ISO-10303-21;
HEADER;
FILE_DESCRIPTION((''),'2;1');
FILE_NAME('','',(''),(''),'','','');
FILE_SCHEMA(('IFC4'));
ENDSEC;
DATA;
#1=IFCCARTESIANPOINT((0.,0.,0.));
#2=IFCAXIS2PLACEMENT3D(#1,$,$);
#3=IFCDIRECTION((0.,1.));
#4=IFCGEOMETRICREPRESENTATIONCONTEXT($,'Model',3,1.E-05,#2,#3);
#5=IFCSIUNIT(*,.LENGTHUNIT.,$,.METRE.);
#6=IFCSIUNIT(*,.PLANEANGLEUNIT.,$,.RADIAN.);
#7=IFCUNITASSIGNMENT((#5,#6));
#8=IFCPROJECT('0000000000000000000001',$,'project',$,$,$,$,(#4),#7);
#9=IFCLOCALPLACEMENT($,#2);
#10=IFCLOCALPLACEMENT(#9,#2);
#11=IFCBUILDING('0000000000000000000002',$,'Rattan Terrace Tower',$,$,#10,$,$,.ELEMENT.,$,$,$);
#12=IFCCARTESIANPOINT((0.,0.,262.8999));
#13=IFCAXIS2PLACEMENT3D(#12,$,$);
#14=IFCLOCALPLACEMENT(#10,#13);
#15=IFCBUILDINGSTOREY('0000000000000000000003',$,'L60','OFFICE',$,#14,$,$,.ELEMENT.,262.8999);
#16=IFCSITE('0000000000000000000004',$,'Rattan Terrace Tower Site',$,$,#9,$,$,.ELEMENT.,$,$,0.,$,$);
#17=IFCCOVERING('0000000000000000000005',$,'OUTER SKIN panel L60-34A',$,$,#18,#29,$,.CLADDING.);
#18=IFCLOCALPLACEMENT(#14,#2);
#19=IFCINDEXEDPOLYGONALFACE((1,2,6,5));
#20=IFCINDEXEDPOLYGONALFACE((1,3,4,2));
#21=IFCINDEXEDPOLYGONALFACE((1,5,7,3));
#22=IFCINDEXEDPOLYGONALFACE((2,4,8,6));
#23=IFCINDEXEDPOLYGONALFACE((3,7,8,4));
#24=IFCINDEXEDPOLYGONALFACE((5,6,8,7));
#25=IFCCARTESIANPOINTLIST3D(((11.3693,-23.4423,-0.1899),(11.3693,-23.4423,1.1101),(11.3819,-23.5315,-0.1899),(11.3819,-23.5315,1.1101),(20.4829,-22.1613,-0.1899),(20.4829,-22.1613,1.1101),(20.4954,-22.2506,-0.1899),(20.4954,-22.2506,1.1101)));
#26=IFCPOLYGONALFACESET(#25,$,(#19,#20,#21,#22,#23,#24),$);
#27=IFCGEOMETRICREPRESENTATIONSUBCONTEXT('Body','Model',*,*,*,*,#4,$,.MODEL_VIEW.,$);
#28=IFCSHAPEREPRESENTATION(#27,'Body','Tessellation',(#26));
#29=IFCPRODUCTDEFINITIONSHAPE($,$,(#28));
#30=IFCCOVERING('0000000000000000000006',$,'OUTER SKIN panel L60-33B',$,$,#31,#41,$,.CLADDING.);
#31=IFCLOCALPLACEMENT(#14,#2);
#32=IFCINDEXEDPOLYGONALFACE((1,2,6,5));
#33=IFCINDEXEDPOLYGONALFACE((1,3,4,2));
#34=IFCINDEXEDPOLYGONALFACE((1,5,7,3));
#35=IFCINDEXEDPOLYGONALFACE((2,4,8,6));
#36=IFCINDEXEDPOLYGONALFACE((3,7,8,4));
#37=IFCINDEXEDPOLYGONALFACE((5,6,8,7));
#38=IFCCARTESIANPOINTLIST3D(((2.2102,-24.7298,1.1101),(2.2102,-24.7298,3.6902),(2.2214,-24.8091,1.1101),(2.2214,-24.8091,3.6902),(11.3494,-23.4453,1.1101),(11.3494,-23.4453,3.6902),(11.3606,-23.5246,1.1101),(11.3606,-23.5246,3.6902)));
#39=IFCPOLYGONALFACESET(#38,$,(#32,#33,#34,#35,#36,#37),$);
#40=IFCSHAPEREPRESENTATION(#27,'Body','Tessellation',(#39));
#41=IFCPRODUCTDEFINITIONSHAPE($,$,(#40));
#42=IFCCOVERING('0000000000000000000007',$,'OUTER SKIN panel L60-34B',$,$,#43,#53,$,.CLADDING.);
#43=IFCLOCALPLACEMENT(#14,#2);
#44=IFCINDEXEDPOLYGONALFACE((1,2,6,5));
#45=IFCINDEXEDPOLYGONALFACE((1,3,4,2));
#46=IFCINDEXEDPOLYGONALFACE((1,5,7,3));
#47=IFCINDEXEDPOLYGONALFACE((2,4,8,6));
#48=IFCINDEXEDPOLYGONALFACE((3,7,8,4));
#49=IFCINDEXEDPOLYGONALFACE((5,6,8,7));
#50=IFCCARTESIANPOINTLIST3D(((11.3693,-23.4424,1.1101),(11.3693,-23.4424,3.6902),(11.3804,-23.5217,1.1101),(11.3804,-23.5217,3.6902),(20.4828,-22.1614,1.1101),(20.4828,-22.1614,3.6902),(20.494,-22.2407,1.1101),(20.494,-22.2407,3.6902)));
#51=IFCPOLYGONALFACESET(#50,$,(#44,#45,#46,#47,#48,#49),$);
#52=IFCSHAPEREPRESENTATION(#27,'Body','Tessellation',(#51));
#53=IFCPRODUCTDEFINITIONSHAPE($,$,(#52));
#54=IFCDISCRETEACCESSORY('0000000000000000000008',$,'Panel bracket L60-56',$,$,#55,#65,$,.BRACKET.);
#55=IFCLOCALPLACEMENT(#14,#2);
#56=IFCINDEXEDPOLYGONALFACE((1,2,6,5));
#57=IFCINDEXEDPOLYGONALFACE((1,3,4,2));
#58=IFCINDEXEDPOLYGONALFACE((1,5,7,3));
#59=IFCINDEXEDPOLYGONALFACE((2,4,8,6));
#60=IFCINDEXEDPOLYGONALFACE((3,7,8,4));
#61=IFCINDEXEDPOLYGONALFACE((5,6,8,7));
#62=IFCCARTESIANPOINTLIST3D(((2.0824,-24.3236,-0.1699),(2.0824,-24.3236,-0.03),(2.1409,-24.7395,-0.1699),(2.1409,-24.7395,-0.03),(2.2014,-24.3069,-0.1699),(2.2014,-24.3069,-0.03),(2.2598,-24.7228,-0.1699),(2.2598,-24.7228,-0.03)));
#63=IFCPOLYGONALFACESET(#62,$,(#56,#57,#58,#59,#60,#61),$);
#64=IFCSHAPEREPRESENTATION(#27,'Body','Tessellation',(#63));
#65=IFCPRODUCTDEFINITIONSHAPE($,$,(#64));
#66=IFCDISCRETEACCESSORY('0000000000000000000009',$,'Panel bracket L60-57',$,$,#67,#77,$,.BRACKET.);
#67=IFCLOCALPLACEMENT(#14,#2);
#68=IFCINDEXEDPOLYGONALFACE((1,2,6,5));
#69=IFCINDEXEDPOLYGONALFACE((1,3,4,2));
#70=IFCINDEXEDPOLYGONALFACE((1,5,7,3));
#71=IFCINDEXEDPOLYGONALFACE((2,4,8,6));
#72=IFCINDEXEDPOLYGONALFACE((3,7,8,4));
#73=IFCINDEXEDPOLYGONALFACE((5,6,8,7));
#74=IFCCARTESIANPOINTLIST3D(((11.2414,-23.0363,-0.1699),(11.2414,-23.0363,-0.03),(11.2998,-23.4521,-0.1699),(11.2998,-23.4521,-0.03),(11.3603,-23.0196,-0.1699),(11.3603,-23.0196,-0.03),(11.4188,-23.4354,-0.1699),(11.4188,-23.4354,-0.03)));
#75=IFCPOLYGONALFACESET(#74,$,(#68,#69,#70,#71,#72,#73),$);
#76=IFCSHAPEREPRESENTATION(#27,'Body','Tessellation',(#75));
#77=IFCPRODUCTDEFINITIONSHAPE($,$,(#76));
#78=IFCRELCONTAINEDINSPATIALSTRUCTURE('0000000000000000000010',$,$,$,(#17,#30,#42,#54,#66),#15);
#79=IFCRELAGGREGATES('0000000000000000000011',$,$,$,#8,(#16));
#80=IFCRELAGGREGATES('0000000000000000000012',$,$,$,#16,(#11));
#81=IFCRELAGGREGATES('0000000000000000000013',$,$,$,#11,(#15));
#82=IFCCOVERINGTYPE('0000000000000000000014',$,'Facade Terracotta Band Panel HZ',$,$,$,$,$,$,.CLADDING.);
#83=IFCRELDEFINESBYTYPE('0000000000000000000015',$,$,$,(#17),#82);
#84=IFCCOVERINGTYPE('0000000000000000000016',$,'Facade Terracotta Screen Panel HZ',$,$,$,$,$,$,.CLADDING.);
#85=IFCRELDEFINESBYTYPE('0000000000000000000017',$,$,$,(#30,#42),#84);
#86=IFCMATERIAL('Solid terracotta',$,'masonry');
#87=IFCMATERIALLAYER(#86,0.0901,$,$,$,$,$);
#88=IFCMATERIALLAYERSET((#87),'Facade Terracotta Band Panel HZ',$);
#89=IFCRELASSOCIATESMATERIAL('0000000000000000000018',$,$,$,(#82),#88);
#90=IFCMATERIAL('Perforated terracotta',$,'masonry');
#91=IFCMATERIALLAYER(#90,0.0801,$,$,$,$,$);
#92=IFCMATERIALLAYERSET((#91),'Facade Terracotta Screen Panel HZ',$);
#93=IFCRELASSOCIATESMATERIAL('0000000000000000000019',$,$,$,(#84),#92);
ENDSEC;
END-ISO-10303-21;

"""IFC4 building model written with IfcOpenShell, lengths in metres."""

from ifc_helpers import new_model, si_unit, direction, frame, origin, origin_2d, place, context, subcontext, project, spatial, rectangle, extrude, material, layer, layer_set, type_object, element, save


model = new_model("IFC4")

# Units and contexts
model_context = context("Model", 3, precision=1e-05, world=origin(), true_north=direction((0.0, 1.0)))
body_context = subcontext(model_context, "Body", "Model", "MODEL_VIEW")
ifc_project = project(units=[si_unit("LENGTHUNIT", "METRE"), si_unit("PLANEANGLEUNIT", "RADIAN")], contexts=[model_context])

# Site, building, storey
site_placement = place(None, origin())
site = spatial("IfcSite", under=ifc_project, at=site_placement, Name="Rattan Terrace Tower Site", CompositionType="ELEMENT", RefElevation=0.0)
building_placement = place(site_placement, origin())
building = spatial("IfcBuilding", under=site, at=building_placement, Name="Rattan Terrace Tower", CompositionType="ELEMENT")
storey_placement = place(building_placement, frame((0.0, 0.0, 262.8999)))
storey = spatial("IfcBuildingStorey", under=building, at=storey_placement, Name="L60", Description="OFFICE", CompositionType="ELEMENT", Elevation=262.8999)

# Coverings
ifc_material_1 = material(Name="Solid terracotta", Category="masonry")
ifc_layer_1 = layer(ifc_material_1, 0.0901)
ifc_layer_set_1 = layer_set([ifc_layer_1], Name="Facade Terracotta Band Panel HZ")
covering_type_1 = type_object("IfcCoveringType", Name="Facade Terracotta Band Panel HZ", PredefinedType="CLADDING", material=ifc_layer_set_1)
covering_1_placement = place(storey_placement, frame((15.9324, -22.8464, -0.1899), z_axis=(0.0, 0.0, 1.0), x_axis=(0.990266, 0.139189, 0.0)))
element("IfcCovering", 1, at=covering_1_placement, inside=storey, type_object=covering_type_1, Name="OUTER SKIN panel L60-34A", PredefinedType="CLADDING", context=body_context, shape_type="SweptSolid", body=[
    extrude(rectangle(XDim=9.2031, YDim=0.0901, at=origin_2d()), origin(), (0.0, 0.0, 1.0), 1.3),
])
ifc_material_2 = material(Name="Perforated terracotta", Category="masonry")
ifc_layer_2 = layer(ifc_material_2, 0.0801)
ifc_layer_set_2 = layer_set([ifc_layer_2], Name="Facade Terracotta Screen Panel HZ")
covering_type_2 = type_object("IfcCoveringType", Name="Facade Terracotta Screen Panel HZ", PredefinedType="CLADDING", material=ifc_layer_set_2)
covering_2_placement = place(storey_placement, frame((6.7854, -24.1272, 1.1101), z_axis=(0.0, 0.0, 1.0), x_axis=(0.990266, 0.139189, 0.0)))
element("IfcCovering", 2, at=covering_2_placement, inside=storey, type_object=covering_type_2, Name="OUTER SKIN panel L60-33B", PredefinedType="CLADDING", context=body_context, shape_type="SweptSolid", body=[
    extrude(rectangle(XDim=9.229, YDim=0.0801, at=origin_2d()), origin(), (0.0, 0.0, 1.0), 2.5801),
])
covering_3_placement = place(storey_placement, frame((15.9316, -22.8416, 1.1101), z_axis=(0.0, 0.0, 1.0), x_axis=(0.990266, 0.139189, 0.0)))
element("IfcCovering", 3, at=covering_3_placement, inside=storey, type_object=covering_type_2, Name="OUTER SKIN panel L60-34B", PredefinedType="CLADDING", context=body_context, shape_type="SweptSolid", body=[
    extrude(rectangle(XDim=9.2031, YDim=0.0801, at=origin_2d()), origin(), (0.0, 0.0, 1.0), 2.5801),
])

# Discrete accessories
for number, where, z_axis, x_axis, name in (
    (4, (2.1711, -24.5232, -0.1699), (0.0, 0.0, 1.0), (0.990266, 0.139189, 0.0), "Panel bracket L60-56"),
    (5, (11.3301, -23.2358, -0.1699), (0.0, 0.0, 1.0), (0.990266, 0.139189, 0.0), "Panel bracket L60-57"),
):
    element("IfcDiscreteAccessory", number, at=place(storey_placement, frame(where, z_axis=z_axis, x_axis=x_axis)), inside=storey, Name=name, PredefinedType="BRACKET", context=body_context, shape_type="SweptSolid", body=[
        extrude(rectangle(XDim=0.1201, YDim=0.4199, at=origin_2d()), origin(), (0.0, 0.0, 1.0), 0.1399),
    ])

save(model, "model.ifc")
